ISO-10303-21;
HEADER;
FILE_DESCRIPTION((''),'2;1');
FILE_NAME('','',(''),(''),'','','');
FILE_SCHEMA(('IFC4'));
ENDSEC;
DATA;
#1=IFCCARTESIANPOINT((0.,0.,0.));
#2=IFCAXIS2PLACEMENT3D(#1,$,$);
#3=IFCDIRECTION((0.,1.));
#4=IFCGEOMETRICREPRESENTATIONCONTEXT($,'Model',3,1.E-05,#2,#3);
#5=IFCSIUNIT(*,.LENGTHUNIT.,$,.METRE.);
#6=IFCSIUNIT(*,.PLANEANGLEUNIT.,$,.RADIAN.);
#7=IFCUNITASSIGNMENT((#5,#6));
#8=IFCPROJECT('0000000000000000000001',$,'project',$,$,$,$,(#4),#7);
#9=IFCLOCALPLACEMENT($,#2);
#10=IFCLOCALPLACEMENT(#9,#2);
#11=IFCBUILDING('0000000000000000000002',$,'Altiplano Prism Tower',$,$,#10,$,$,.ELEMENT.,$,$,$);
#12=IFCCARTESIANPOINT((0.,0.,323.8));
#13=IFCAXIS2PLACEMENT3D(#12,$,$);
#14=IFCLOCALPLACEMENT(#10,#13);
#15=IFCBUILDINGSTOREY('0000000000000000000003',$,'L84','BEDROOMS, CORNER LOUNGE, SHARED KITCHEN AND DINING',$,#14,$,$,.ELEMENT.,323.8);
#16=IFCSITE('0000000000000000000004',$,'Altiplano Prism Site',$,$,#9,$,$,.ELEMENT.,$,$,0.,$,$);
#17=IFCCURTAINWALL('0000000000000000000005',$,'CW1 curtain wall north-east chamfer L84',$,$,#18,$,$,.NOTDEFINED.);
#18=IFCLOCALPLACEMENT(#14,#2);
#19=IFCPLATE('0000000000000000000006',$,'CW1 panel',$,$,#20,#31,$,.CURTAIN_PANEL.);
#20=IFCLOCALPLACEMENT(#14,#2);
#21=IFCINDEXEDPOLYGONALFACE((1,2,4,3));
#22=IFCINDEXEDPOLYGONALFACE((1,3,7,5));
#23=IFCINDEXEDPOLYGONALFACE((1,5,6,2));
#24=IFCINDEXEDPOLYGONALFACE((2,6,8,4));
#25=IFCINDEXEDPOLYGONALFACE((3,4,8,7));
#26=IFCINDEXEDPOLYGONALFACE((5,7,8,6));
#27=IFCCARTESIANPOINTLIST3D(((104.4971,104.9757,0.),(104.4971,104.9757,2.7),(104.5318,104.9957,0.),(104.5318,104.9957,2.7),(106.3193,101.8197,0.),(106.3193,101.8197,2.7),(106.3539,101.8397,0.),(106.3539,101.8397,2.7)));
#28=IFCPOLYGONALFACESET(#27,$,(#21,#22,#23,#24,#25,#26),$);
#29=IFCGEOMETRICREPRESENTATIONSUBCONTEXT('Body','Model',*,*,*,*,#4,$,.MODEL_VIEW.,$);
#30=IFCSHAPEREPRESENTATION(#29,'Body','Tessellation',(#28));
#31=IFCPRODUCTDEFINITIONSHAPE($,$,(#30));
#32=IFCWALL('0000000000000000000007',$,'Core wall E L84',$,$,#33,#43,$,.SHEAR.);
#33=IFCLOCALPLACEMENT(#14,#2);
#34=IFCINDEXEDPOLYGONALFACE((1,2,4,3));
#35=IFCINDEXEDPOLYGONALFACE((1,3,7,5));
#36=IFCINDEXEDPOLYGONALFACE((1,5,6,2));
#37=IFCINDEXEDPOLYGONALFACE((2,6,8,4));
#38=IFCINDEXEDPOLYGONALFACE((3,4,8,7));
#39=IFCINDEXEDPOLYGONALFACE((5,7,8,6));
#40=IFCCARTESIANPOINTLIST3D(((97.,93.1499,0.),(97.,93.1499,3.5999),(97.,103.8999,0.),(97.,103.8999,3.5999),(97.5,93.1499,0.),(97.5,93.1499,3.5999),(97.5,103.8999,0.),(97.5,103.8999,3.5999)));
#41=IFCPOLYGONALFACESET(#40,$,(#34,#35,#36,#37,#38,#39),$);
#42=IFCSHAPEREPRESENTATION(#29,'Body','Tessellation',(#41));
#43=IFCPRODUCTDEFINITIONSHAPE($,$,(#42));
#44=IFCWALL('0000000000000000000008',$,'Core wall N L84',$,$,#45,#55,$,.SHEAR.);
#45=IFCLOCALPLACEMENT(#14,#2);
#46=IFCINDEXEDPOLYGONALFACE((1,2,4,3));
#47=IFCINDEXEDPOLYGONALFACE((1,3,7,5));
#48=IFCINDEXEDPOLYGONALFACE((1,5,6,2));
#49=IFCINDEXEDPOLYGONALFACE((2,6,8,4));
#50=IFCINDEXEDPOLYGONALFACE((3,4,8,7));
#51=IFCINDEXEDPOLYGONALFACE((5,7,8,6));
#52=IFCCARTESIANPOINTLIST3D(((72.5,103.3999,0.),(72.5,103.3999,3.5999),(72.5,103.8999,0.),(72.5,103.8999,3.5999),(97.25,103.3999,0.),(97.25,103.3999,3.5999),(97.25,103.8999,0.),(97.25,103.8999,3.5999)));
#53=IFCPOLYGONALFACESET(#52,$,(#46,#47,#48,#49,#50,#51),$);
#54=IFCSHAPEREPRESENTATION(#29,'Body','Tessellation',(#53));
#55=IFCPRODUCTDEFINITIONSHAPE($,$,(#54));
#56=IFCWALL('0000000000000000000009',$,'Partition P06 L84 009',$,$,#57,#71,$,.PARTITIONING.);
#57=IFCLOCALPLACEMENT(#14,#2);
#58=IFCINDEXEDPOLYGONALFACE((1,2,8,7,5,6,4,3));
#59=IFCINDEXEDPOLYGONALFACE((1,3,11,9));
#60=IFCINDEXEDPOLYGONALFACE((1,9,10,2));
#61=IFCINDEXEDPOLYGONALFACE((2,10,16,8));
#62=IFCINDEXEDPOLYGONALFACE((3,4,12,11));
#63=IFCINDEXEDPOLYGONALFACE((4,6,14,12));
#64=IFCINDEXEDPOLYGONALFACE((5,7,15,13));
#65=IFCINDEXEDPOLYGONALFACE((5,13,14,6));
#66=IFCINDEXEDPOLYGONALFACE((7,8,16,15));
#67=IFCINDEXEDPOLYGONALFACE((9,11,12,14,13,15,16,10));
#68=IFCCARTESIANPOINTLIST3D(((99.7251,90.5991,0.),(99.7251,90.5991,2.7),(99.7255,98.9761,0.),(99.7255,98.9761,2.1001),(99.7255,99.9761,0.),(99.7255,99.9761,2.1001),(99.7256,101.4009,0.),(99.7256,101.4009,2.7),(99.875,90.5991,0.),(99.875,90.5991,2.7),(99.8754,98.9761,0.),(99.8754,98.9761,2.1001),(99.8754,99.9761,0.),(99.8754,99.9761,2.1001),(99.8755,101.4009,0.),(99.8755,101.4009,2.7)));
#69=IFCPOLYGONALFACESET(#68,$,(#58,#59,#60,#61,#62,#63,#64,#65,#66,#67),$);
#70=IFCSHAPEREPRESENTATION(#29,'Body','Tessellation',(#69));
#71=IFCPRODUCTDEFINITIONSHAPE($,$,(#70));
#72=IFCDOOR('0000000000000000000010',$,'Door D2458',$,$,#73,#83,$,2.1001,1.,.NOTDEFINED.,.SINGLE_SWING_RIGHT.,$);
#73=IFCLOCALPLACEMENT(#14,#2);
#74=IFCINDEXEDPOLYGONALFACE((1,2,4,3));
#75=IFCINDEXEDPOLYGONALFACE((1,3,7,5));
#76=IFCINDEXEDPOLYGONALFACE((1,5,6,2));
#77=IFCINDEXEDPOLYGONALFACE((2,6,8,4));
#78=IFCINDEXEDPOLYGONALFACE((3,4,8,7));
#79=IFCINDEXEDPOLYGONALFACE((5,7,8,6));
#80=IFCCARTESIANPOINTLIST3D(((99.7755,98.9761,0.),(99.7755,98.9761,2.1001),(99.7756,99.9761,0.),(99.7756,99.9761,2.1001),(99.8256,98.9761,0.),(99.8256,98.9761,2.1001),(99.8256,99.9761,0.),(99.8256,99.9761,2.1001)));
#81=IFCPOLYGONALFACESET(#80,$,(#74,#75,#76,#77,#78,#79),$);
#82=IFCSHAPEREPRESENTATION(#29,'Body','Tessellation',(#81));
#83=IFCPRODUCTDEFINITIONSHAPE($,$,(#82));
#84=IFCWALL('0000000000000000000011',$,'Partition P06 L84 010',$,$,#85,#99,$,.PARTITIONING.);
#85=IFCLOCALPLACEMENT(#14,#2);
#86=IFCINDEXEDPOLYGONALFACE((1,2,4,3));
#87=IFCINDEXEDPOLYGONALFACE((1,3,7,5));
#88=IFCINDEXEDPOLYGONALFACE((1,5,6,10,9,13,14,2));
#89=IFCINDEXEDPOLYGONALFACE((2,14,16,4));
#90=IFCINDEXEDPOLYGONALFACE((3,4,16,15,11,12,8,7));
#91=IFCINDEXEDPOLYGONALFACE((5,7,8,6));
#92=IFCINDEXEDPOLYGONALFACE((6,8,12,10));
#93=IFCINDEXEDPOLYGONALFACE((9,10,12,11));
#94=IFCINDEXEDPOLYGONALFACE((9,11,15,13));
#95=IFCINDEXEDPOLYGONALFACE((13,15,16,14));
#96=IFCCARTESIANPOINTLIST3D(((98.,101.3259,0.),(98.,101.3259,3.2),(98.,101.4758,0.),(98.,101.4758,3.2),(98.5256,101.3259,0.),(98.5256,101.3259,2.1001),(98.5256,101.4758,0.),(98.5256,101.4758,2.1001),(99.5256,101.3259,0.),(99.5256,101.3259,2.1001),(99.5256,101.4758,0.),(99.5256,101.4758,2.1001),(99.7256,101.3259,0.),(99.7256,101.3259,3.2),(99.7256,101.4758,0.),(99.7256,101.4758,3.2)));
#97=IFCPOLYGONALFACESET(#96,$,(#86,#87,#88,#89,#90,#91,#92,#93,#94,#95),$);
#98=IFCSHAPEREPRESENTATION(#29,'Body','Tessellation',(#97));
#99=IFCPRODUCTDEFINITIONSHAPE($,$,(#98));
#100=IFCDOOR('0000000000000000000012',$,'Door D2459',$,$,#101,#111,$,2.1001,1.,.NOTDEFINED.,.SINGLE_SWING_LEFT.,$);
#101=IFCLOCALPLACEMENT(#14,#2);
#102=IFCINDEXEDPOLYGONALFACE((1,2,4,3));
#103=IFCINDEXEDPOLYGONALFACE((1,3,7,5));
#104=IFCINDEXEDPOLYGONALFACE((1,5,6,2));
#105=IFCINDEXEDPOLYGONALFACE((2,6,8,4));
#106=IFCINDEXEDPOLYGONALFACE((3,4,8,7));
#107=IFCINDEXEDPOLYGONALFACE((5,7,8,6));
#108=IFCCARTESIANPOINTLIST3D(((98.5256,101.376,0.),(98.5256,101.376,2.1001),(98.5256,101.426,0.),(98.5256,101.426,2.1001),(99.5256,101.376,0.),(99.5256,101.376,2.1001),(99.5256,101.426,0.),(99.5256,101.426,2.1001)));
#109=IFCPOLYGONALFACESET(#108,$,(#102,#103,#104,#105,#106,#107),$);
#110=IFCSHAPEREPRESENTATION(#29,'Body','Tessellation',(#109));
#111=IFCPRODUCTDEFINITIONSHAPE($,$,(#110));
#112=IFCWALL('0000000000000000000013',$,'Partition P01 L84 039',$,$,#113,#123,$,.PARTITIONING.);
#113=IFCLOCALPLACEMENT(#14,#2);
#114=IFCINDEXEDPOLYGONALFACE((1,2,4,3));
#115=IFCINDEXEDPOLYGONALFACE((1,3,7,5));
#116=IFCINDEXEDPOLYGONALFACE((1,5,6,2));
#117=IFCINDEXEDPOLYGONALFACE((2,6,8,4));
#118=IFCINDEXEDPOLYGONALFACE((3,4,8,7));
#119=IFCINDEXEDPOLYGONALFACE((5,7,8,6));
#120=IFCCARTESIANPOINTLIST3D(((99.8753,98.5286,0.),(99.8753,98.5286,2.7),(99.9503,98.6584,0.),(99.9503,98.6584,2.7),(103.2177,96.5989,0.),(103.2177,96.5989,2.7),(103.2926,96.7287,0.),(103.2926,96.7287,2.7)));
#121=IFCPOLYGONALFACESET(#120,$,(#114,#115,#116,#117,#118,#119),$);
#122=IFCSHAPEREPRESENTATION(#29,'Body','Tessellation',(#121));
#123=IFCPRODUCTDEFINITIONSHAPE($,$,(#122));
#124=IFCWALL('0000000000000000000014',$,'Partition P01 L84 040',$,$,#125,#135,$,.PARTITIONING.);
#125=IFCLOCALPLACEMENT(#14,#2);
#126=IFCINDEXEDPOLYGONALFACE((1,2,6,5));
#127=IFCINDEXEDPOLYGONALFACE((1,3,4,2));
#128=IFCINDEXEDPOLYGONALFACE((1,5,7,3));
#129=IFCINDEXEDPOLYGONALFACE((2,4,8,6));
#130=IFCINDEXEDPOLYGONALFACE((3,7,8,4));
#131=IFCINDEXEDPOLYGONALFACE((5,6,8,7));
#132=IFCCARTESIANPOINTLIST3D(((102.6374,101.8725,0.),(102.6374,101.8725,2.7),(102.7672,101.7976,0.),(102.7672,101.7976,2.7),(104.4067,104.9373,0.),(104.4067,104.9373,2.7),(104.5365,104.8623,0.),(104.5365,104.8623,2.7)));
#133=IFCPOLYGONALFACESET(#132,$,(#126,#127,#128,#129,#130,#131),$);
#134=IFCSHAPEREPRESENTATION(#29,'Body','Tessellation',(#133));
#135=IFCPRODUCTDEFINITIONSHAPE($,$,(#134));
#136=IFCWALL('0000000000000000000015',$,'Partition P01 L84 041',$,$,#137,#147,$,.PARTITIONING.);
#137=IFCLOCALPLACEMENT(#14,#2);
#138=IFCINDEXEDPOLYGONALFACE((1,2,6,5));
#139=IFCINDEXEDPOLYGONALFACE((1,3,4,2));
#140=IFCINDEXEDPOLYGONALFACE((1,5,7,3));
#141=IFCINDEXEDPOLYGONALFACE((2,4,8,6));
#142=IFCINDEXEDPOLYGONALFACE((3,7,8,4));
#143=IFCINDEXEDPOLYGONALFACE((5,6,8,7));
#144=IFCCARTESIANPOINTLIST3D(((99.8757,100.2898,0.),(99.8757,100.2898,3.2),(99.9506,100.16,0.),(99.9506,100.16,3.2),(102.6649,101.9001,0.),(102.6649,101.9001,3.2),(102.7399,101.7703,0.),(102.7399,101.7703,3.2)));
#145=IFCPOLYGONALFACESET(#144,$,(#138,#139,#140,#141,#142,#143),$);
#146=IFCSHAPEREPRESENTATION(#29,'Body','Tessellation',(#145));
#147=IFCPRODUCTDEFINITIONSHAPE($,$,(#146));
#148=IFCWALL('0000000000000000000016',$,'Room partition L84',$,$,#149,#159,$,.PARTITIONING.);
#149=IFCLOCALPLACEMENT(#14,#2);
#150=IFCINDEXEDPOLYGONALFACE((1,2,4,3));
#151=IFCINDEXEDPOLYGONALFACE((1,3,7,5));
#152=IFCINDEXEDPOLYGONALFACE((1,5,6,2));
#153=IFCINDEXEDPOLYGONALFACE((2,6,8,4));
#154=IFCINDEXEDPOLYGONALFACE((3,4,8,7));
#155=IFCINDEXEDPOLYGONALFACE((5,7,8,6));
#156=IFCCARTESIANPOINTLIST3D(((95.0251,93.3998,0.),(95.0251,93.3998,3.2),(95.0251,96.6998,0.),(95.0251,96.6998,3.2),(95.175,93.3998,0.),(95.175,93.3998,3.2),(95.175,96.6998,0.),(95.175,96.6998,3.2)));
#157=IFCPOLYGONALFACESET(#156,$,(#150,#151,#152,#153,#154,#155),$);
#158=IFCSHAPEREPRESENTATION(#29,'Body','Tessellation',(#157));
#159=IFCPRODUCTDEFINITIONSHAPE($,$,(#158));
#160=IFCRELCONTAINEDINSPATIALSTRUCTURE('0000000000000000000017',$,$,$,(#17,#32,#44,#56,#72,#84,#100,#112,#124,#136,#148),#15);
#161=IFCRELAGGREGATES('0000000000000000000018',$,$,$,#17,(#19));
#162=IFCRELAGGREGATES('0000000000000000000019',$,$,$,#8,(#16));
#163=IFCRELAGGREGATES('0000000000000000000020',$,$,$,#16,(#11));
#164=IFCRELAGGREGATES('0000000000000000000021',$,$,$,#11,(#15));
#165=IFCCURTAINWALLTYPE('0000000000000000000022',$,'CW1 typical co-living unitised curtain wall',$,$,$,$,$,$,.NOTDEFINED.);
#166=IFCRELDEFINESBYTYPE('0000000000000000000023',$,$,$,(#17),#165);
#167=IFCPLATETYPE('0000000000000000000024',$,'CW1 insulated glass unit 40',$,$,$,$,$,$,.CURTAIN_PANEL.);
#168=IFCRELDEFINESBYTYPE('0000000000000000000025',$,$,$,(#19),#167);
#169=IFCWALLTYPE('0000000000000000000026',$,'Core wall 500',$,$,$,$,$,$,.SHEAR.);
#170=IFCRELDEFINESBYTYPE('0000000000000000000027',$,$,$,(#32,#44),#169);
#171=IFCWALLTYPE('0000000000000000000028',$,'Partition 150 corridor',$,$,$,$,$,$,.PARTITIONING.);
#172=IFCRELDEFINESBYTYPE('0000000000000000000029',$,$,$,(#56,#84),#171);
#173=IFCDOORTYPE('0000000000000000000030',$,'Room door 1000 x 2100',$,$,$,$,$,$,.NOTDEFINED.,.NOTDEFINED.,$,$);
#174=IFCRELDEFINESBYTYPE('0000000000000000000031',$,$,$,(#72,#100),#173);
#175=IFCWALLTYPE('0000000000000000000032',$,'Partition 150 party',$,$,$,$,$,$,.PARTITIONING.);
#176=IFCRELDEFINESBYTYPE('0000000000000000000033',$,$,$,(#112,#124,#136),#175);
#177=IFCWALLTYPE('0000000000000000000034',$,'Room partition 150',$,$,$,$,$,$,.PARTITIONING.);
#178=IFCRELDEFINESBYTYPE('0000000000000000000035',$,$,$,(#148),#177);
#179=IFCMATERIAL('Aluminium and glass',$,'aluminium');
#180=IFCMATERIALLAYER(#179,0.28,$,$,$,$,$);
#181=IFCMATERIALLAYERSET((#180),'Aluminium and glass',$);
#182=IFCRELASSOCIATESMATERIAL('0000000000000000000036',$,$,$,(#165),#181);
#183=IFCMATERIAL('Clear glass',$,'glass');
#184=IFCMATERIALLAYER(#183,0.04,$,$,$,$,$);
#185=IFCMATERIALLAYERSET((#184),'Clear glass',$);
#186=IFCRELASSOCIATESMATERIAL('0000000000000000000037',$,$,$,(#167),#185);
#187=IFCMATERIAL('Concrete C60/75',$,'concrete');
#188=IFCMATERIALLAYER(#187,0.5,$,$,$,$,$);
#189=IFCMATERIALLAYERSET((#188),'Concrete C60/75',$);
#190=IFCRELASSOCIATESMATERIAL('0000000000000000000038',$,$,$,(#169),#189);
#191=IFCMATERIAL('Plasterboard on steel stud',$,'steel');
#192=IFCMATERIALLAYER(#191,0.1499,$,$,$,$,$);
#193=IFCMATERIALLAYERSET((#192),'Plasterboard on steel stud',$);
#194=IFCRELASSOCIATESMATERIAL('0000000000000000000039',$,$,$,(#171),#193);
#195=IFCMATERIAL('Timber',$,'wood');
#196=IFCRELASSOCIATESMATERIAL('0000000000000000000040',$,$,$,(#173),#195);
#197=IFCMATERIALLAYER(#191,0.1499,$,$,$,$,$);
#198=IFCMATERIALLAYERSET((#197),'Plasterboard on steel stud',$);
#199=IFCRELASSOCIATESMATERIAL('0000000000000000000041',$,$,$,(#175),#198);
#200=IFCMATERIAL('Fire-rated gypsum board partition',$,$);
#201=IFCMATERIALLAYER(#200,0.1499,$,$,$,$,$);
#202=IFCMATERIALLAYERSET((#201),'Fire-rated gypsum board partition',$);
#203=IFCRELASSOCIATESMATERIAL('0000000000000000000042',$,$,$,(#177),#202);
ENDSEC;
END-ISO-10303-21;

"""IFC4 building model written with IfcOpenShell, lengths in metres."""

from ifc_helpers import new_model, si_unit, direction, frame, frame_2d, origin, origin_2d, place, context, subcontext, project, spatial, rectangle, extrude, material, layer, layer_set, type_object, element, fill, aggregate, save


model = new_model("IFC4")

# Units and contexts
model_context = context("Model", 3, precision=1e-05, world=origin(), true_north=direction((0.0, 1.0)))
body_context = subcontext(model_context, "Body", "Model", "MODEL_VIEW")
ifc_project = project(units=[si_unit("LENGTHUNIT", "METRE"), si_unit("PLANEANGLEUNIT", "RADIAN")], contexts=[model_context])

# Site, building, storey
site_placement = place(None, origin())
site = spatial("IfcSite", under=ifc_project, at=site_placement, Name="Altiplano Prism Site", CompositionType="ELEMENT", RefElevation=0.0)
building_placement = place(site_placement, origin())
building = spatial("IfcBuilding", under=site, at=building_placement, Name="Altiplano Prism Tower", CompositionType="ELEMENT")
storey_placement = place(building_placement, frame((0.0, 0.0, 323.8)))
storey = spatial("IfcBuildingStorey", under=building, at=storey_placement, Name="L84", Description="BEDROOMS, CORNER LOUNGE, SHARED KITCHEN AND DINING", CompositionType="ELEMENT", Elevation=323.8)

# Shared definitions
ifc_material_1 = material(Name="Concrete C60/75", Category="concrete")

# Shared definitions
ifc_material_2 = material(Name="Aluminium and glass", Category="aluminium")
ifc_layer_1 = layer(ifc_material_2, 0.28)
ifc_layer_set_1 = layer_set([ifc_layer_1], Name="Aluminium and glass")
curtain_wall_type = type_object("IfcCurtainWallType", Name="CW1 typical co-living unitised curtain wall", PredefinedType="NOTDEFINED", material=ifc_layer_set_1)

# Curtain wall
curtain_wall_1_placement = place(storey_placement, origin())
curtain_wall_1 = element("IfcCurtainWall", 1, at=curtain_wall_1_placement, inside=storey, type_object=curtain_wall_type, Name="CW1 curtain wall north-east chamfer L84", PredefinedType="NOTDEFINED")

# Plate
ifc_material_3 = material(Name="Clear glass", Category="glass")
ifc_layer_2 = layer(ifc_material_3, 0.04)
ifc_layer_set_2 = layer_set([ifc_layer_2], Name="Clear glass")
plate_type = type_object("IfcPlateType", Name="CW1 insulated glass unit 40", PredefinedType="CURTAIN_PANEL", material=ifc_layer_set_2)
plate_1_placement = place(storey_placement, frame((105.4255, 103.4077, 0.0), z_axis=(0.0, 0.0, 1.0), x_axis=(-0.5, 0.866025, 0.0)))
plate_1 = element("IfcPlate", 2, at=plate_1_placement, type_object=plate_type, Name="CW1 panel", PredefinedType="CURTAIN_PANEL", context=body_context, shape_type="SweptSolid", body=[
    extrude(rectangle(XDim=3.6443, YDim=0.04, at=origin_2d()), origin(), (0.0, 0.0, 1.0), 2.7),
])
aggregate(curtain_wall_1, [plate_1])

# Walls
ifc_layer_3 = layer(ifc_material_1, 0.5)
ifc_layer_set_3 = layer_set([ifc_layer_3], Name="Concrete C60/75")
wall_type_1 = type_object("IfcWallType", Name="Core wall 500", PredefinedType="SHEAR", material=ifc_layer_set_3)
wall_1_placement = place(storey_placement, frame((97.25, 93.1499, 0.0), z_axis=(0.0, 0.0, 1.0), x_axis=(0.0, 1.0, 0.0)))
element("IfcWall", 3, at=wall_1_placement, inside=storey, type_object=wall_type_1, Name="Core wall E L84", PredefinedType="SHEAR", context=body_context, shape_type="SweptSolid", body=[
    extrude(rectangle(XDim=10.75, YDim=0.5, at=frame_2d((5.375, 0.0))), origin(), (0.0, 0.0, 1.0), 3.5999),
])
wall_2_placement = place(storey_placement, frame((97.25, 103.6499, 0.0), z_axis=(0.0, 0.0, 1.0), x_axis=(-1.0, 0.0, 0.0)))
element("IfcWall", 4, at=wall_2_placement, inside=storey, type_object=wall_type_1, Name="Core wall N L84", PredefinedType="SHEAR", context=body_context, shape_type="SweptSolid", body=[
    extrude(rectangle(XDim=24.75, YDim=0.5, at=frame_2d((12.375, 0.0))), origin(), (0.0, 0.0, 1.0), 3.5999),
])

# Walls, openings, doors
ifc_material_4 = material(Name="Plasterboard on steel stud", Category="steel")
ifc_layer_4 = layer(ifc_material_4, 0.1499)
ifc_layer_set_4 = layer_set([ifc_layer_4], Name="Plasterboard on steel stud")
wall_type_2 = type_object("IfcWallType", Name="Partition 150 corridor", PredefinedType="PARTITIONING", material=ifc_layer_set_4)
wall_3_placement = place(storey_placement, frame((99.8, 90.5991, 0.0), z_axis=(0.0, 0.0, 1.0), x_axis=(0.000045, 1.0, 0.0)))
wall_3 = element("IfcWall", 5, at=wall_3_placement, inside=storey, type_object=wall_type_2, Name="Partition P06 L84 009", PredefinedType="PARTITIONING", context=body_context, shape_type="SweptSolid", body=[
    extrude(rectangle(XDim=10.8018, YDim=0.1499, at=frame_2d((5.4009, 0.0))), origin(), (0.0, 0.0, 1.0), 2.7),
])
opening_1_placement = place(wall_3_placement, frame((8.377, 0.0, 0.0)))
opening_1 = element("IfcOpeningElement", 6, at=opening_1_placement, cuts=wall_3, PredefinedType="OPENING", context=body_context, shape_type="SweptSolid", body=[
    extrude(rectangle(XDim=1.0, YDim=2.1001, at=frame_2d((0.5, 1.05))), frame((0.0, 0.0854, 0.0), z_axis=(0.0, -1.0, 0.0), x_axis=(1.0, 0.0, 0.0)), (0.0, 0.0, 1.0), 0.1709),
])
ifc_material_5 = material(Name="Timber", Category="wood")
door_type = type_object("IfcDoorType", Name="Room door 1000 x 2100", OperationType="NOTDEFINED", PredefinedType="NOTDEFINED", material=ifc_material_5)
door_1_placement = place(opening_1_placement, origin())
door_1 = element("IfcDoor", 7, at=door_1_placement, inside=storey, type_object=door_type, Name="Door D2458", OperationType="SINGLE_SWING_RIGHT", OverallHeight=2.1001, OverallWidth=1.0, PredefinedType="NOTDEFINED", context=body_context, shape_type="SweptSolid", body=[
    extrude(rectangle(XDim=1.0, YDim=2.1001, at=frame_2d((0.5, 1.05))), frame((0.0, 0.0249, 0.0), z_axis=(0.0, -1.0, 0.0), x_axis=(1.0, 0.0, 0.0)), (0.0, 0.0, 1.0), 0.05),
])
fill(opening_1, door_1)
wall_4_placement = place(storey_placement, frame((99.7256, 101.4009, 0.0), z_axis=(0.0, 0.0, 1.0), x_axis=(-1.0, 0.0, 0.0)))
wall_4 = element("IfcWall", 8, at=wall_4_placement, inside=storey, type_object=wall_type_2, Name="Partition P06 L84 010", PredefinedType="PARTITIONING", context=body_context, shape_type="SweptSolid", body=[
    extrude(rectangle(XDim=1.7256, YDim=0.1499, at=frame_2d((0.8628, 0.0))), origin(), (0.0, 0.0, 1.0), 3.2),
])
opening_2_placement = place(wall_4_placement, frame((0.2, 0.0, 0.0)))
opening_2 = element("IfcOpeningElement", 9, at=opening_2_placement, cuts=wall_4, PredefinedType="OPENING", context=body_context, shape_type="SweptSolid", body=[
    extrude(rectangle(XDim=1.0, YDim=2.1001, at=frame_2d((0.5, 1.05))), frame((0.0, 0.0854, 0.0), z_axis=(0.0, -1.0, 0.0), x_axis=(1.0, 0.0, 0.0)), (0.0, 0.0, 1.0), 0.1709),
])
door_2_placement = place(opening_2_placement, origin())
door_2 = element("IfcDoor", 10, at=door_2_placement, inside=storey, type_object=door_type, Name="Door D2459", OperationType="SINGLE_SWING_LEFT", OverallHeight=2.1001, OverallWidth=1.0, PredefinedType="NOTDEFINED", context=body_context, shape_type="SweptSolid", body=[
    extrude(rectangle(XDim=1.0, YDim=2.1001, at=frame_2d((0.5, 1.05))), frame((0.0, 0.0249, 0.0), z_axis=(0.0, -1.0, 0.0), x_axis=(1.0, 0.0, 0.0)), (0.0, 0.0, 1.0), 0.05),
])
fill(opening_2, door_2)

# Walls
ifc_layer_5 = layer(ifc_material_4, 0.1499)
ifc_layer_set_5 = layer_set([ifc_layer_5], Name="Plasterboard on steel stud")
wall_type_3 = type_object("IfcWallType", Name="Partition 150 party", PredefinedType="PARTITIONING", material=ifc_layer_set_5)
wall_5_placement = place(storey_placement, frame((103.2551, 96.6638, 0.0), z_axis=(0.0, 0.0, 1.0), x_axis=(-0.866023, 0.500004, 0.0)))
element("IfcWall", 11, at=wall_5_placement, inside=storey, type_object=wall_type_3, Name="Partition P01 L84 039", PredefinedType="PARTITIONING", context=body_context, shape_type="SweptSolid", body=[
    extrude(rectangle(XDim=3.8594, YDim=0.1499, at=frame_2d((1.9297, 0.0))), origin(), (0.0, 0.0, 1.0), 2.7),
])
wall_6_placement = place(storey_placement, frame((104.4717, 104.8999, 0.0), z_axis=(0.0, 0.0, 1.0), x_axis=(-0.499975, -0.86604, 0.0)))
element("IfcWall", 12, at=wall_6_placement, inside=storey, type_object=wall_type_3, Name="Partition P01 L84 040", PredefinedType="PARTITIONING", context=body_context, shape_type="SweptSolid", body=[
    extrude(rectangle(XDim=3.5388, YDim=0.1499, at=frame_2d((1.7695, 0.0))), origin(), (0.0, 0.0, 1.0), 2.7),
])
wall_7_placement = place(storey_placement, frame((102.7024, 101.8352, 0.0), z_axis=(0.0, 0.0, 1.0), x_axis=(-0.866033, -0.499987, 0.0)))
element("IfcWall", 13, at=wall_7_placement, inside=storey, type_object=wall_type_3, Name="Partition P01 L84 041", PredefinedType="PARTITIONING", context=body_context, shape_type="SweptSolid", body=[
    extrude(rectangle(XDim=3.2207, YDim=0.1499, at=frame_2d((1.6104, 0.0))), origin(), (0.0, 0.0, 1.0), 3.2),
])
ifc_material_6 = material(Name="Fire-rated gypsum board partition")
ifc_layer_6 = layer(ifc_material_6, 0.1499)
ifc_layer_set_6 = layer_set([ifc_layer_6], Name="Fire-rated gypsum board partition")
wall_type_4 = type_object("IfcWallType", Name="Room partition 150", PredefinedType="PARTITIONING", material=ifc_layer_set_6)
wall_8_placement = place(storey_placement, frame((95.1001, 93.3999, 0.0), z_axis=(0.0, 0.0, 1.0), x_axis=(0.0, 1.0, 0.0)))
element("IfcWall", 14, at=wall_8_placement, inside=storey, type_object=wall_type_4, Name="Room partition L84", PredefinedType="PARTITIONING", context=body_context, shape_type="SweptSolid", body=[
    extrude(rectangle(XDim=3.3, YDim=0.1499, at=frame_2d((1.6499, 0.0))), origin(), (0.0, 0.0, 1.0), 3.2),
])

save(model, "model.ifc")
